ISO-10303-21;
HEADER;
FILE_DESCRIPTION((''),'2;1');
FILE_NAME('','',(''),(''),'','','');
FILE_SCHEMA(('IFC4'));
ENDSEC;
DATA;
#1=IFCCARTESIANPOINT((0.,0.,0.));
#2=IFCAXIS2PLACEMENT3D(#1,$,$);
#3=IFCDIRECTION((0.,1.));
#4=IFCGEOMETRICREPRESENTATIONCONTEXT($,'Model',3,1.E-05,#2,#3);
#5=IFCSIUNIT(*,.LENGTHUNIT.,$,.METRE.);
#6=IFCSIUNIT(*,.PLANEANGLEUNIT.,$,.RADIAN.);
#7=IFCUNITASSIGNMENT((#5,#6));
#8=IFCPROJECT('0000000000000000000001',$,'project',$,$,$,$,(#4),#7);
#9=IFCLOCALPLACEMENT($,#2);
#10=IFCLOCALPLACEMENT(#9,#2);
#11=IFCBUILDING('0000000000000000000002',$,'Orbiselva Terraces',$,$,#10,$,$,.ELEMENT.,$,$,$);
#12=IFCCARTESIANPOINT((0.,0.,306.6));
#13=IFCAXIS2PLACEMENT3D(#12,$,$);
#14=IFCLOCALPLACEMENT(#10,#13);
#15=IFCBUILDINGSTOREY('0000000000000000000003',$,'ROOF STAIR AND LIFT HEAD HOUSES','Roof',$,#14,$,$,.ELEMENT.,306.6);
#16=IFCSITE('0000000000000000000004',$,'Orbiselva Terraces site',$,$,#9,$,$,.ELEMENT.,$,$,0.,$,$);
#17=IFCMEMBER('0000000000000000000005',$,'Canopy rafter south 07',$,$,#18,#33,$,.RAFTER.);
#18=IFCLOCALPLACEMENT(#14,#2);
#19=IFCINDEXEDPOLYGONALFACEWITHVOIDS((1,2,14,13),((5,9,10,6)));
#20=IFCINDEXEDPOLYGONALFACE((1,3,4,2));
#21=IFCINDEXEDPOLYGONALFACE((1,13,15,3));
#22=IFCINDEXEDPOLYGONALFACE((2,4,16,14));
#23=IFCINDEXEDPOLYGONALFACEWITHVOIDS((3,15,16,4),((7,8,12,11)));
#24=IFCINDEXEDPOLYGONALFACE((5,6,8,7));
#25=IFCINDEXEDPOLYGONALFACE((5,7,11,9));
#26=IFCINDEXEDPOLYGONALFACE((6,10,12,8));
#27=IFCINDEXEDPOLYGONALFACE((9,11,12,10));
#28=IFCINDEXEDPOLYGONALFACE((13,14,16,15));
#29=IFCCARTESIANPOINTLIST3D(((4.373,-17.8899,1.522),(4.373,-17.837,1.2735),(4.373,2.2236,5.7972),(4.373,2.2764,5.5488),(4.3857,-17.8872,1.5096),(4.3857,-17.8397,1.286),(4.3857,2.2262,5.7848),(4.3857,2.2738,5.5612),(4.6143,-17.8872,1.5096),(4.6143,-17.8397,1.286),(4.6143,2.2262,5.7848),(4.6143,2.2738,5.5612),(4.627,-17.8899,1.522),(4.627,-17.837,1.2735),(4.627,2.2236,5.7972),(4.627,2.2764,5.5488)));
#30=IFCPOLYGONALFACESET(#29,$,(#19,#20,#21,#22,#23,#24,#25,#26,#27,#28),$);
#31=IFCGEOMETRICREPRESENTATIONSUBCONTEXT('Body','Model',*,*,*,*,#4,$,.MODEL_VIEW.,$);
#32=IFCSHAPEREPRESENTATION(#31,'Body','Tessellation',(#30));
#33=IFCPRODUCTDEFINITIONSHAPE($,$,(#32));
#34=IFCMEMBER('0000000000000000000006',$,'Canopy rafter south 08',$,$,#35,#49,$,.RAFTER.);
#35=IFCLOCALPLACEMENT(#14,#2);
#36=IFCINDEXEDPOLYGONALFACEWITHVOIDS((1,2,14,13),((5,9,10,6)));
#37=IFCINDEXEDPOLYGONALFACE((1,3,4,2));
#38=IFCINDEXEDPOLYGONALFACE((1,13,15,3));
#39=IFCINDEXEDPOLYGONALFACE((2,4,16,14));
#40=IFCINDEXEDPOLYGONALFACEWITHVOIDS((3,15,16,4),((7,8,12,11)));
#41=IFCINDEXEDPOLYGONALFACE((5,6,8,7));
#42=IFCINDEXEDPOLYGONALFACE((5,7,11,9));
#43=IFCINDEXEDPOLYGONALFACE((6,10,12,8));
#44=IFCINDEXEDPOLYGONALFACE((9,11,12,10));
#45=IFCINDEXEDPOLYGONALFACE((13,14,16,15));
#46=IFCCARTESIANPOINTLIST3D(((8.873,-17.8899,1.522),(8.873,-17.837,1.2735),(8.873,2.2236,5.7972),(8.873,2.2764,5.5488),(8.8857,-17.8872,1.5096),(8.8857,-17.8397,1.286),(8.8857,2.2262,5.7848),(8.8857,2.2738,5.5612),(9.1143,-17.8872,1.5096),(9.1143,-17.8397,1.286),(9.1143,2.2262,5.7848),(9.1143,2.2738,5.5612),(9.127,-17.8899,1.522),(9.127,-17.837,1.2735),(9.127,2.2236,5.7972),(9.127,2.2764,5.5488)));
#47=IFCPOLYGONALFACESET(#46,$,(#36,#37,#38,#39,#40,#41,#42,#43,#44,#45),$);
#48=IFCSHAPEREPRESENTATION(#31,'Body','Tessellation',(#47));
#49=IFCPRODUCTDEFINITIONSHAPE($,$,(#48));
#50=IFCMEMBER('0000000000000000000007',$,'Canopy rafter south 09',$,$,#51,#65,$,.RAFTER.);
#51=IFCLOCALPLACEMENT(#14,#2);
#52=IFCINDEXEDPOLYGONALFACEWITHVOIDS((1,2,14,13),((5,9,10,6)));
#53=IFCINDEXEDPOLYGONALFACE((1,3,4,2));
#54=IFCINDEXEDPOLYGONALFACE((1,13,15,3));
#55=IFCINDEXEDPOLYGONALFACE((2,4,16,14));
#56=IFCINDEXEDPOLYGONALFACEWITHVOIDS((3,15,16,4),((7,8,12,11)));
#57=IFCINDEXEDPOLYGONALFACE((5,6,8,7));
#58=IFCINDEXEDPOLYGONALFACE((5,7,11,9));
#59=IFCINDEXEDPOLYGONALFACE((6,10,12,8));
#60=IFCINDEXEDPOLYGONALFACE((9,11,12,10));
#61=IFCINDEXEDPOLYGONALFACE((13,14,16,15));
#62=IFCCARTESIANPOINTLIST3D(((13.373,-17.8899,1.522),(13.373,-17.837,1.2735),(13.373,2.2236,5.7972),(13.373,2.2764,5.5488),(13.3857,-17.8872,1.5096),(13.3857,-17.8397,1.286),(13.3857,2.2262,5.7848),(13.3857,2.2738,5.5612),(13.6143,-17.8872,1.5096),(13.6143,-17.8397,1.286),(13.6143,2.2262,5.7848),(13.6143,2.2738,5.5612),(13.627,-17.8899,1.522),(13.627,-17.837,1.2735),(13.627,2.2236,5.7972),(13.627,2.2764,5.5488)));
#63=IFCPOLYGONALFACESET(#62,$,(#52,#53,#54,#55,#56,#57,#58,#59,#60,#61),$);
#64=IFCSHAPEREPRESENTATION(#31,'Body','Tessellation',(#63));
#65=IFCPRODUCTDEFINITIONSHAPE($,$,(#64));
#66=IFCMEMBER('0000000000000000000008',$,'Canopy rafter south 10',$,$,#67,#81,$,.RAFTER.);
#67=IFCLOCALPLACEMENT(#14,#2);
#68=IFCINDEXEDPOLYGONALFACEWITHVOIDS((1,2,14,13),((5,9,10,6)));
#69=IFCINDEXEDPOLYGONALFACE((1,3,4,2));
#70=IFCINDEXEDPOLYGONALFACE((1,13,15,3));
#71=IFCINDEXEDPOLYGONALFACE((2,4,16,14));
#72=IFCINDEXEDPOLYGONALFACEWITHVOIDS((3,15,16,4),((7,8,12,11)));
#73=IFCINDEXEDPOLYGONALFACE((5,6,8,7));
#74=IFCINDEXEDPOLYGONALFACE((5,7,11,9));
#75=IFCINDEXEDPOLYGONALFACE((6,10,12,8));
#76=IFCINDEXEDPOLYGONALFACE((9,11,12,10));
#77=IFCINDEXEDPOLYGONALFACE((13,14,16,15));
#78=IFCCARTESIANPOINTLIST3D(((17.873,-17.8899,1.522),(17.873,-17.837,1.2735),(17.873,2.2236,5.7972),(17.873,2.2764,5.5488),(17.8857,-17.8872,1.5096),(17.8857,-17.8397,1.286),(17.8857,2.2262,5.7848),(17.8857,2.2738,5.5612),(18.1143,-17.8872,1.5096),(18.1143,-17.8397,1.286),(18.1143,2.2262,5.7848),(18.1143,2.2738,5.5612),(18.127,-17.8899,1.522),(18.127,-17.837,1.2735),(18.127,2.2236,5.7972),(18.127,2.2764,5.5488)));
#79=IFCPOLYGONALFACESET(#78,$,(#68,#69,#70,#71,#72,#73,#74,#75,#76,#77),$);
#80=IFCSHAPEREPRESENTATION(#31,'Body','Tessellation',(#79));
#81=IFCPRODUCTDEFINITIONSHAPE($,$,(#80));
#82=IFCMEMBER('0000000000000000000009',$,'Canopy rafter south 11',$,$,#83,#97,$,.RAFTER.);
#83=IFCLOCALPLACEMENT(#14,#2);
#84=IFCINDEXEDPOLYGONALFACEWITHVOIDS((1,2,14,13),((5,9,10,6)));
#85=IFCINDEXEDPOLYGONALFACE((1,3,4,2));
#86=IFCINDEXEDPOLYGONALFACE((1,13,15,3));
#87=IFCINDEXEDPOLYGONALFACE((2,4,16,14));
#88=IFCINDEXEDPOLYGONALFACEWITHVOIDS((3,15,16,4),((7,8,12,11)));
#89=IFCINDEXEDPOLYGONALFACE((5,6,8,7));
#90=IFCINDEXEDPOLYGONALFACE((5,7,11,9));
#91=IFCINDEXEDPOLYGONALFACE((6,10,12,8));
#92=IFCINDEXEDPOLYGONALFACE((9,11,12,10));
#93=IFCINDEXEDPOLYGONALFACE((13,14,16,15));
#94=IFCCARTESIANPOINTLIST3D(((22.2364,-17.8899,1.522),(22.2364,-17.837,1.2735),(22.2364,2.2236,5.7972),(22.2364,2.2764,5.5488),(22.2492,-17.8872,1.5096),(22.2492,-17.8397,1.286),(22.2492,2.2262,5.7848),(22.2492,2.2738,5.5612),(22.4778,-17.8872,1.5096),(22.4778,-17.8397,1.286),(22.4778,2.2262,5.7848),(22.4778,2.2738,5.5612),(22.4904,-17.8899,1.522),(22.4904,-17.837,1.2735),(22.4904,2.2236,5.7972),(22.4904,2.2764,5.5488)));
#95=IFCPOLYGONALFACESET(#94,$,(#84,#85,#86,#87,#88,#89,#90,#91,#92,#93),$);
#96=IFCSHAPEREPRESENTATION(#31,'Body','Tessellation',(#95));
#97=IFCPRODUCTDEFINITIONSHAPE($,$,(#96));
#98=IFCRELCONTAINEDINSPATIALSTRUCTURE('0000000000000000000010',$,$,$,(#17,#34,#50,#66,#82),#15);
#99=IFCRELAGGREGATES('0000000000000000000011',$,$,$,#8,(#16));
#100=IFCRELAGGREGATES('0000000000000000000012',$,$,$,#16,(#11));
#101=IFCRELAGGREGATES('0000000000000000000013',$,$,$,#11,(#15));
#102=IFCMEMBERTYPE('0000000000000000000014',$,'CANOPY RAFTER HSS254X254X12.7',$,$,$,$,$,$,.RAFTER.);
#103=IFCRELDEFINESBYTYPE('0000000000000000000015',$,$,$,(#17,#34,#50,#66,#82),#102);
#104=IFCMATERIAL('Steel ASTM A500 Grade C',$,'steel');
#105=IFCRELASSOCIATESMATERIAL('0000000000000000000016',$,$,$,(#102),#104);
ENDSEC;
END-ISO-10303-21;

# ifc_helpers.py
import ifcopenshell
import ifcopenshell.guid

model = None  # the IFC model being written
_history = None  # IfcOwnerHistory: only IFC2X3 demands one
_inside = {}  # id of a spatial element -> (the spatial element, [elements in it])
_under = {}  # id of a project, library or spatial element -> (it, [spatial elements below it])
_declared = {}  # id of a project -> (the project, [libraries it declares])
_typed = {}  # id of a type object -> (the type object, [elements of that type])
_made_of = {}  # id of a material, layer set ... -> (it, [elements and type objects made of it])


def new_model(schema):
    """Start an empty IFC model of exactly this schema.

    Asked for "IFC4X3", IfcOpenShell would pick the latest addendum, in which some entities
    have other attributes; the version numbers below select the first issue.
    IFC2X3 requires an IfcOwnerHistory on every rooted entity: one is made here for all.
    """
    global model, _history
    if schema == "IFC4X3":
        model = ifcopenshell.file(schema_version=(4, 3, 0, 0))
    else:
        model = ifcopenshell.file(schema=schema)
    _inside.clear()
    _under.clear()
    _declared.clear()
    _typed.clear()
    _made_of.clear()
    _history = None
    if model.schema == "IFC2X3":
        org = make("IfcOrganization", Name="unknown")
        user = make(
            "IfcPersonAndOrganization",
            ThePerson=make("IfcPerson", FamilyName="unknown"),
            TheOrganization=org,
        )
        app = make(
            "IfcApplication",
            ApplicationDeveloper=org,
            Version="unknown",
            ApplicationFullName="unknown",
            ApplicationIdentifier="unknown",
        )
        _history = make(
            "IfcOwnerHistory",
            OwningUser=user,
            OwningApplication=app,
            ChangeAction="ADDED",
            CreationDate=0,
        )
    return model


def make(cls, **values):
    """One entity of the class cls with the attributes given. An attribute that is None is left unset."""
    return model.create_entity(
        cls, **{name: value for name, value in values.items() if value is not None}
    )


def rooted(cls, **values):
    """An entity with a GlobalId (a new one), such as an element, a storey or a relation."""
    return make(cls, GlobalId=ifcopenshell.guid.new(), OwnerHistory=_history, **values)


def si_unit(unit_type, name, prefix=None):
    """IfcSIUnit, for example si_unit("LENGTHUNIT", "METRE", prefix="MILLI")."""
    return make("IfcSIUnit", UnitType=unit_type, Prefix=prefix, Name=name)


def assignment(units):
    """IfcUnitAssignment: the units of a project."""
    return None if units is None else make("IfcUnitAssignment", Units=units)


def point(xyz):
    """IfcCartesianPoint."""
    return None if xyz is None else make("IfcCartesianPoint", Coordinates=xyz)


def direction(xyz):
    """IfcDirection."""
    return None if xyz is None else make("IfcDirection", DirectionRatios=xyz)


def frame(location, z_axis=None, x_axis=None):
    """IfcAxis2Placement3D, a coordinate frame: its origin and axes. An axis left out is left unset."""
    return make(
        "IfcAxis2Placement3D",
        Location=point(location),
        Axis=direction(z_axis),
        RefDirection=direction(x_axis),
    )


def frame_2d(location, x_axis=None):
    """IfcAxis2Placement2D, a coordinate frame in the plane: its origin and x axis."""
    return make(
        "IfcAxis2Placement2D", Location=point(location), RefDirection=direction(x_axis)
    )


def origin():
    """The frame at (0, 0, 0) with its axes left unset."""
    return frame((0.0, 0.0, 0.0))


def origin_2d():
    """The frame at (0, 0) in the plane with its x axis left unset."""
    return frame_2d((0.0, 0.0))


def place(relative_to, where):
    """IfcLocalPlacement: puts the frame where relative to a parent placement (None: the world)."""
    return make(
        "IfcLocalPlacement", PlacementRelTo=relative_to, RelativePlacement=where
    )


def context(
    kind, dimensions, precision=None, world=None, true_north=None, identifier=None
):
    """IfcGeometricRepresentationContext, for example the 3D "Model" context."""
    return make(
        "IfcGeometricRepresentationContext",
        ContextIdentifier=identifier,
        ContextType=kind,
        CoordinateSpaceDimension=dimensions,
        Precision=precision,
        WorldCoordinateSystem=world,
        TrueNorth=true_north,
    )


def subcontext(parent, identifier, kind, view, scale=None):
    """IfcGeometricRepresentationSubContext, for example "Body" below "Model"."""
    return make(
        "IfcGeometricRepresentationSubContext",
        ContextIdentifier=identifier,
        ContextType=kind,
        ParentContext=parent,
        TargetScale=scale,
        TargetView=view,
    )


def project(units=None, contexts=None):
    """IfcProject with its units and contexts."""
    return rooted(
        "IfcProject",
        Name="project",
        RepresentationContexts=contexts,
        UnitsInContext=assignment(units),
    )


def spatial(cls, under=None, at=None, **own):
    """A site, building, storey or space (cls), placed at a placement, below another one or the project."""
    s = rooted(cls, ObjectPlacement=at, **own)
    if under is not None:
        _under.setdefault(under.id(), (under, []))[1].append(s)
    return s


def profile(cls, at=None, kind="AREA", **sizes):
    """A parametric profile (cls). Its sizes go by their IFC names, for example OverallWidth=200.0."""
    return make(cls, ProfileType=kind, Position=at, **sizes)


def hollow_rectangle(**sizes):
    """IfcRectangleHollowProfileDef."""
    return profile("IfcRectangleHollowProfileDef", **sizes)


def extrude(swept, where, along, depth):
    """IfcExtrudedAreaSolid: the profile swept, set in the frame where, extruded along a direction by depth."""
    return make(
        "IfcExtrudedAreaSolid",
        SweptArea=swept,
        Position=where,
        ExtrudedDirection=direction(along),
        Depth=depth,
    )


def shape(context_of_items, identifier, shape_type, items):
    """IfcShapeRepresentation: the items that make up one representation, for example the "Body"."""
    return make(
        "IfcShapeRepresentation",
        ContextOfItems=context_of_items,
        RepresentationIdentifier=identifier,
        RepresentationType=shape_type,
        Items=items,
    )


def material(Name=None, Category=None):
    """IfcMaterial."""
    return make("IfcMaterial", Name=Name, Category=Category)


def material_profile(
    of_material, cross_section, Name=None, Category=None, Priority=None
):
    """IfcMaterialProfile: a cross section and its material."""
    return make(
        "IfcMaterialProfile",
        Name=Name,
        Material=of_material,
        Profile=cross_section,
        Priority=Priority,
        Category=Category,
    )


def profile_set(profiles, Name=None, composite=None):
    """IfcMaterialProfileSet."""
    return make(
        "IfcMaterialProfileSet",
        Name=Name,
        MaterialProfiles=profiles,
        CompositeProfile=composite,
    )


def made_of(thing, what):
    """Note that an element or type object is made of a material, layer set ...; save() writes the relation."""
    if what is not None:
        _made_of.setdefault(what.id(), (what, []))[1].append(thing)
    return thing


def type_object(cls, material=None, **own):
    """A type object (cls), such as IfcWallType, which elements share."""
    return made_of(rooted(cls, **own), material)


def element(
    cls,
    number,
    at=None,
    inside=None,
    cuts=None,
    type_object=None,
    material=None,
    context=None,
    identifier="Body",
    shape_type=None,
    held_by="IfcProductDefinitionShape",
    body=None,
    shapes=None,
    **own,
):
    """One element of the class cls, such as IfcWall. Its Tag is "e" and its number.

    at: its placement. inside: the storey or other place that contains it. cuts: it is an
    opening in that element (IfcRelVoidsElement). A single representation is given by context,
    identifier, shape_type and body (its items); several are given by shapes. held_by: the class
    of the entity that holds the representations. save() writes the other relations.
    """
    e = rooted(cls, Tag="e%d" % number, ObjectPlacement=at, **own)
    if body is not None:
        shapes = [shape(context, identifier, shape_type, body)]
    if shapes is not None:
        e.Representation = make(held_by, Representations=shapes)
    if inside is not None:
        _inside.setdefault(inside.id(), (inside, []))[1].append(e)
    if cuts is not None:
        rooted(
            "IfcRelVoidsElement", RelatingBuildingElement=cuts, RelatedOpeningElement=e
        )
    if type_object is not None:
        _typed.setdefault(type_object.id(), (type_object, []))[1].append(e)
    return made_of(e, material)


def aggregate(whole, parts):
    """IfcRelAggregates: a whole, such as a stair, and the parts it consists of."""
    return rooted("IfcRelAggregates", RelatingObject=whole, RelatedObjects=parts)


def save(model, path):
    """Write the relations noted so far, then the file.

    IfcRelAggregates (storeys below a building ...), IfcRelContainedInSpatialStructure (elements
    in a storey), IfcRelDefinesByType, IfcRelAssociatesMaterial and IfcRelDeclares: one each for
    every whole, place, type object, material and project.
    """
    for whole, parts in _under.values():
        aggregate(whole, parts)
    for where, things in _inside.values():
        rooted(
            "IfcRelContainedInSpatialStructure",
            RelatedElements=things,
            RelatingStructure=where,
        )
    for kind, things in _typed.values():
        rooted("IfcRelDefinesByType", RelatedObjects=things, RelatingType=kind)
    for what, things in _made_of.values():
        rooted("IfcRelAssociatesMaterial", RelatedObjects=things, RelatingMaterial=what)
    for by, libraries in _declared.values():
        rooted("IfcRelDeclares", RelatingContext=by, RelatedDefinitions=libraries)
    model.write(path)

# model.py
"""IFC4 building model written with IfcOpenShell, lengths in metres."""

from ifc_helpers import new_model, si_unit, direction, frame, origin, origin_2d, place, context, subcontext, project, spatial, hollow_rectangle, extrude, material, material_profile, profile_set, type_object, element, save


model = new_model("IFC4")

# Units and contexts
model_context = context("Model", 3, precision=1e-05, world=origin(), true_north=direction((0.0, 1.0)))
body_context = subcontext(model_context, "Body", "Model", "MODEL_VIEW")
ifc_project = project(units=[si_unit("LENGTHUNIT", "METRE"), si_unit("PLANEANGLEUNIT", "RADIAN")], contexts=[model_context])

# Site, building, storey
site_placement = place(None, origin())
site = spatial("IfcSite", under=ifc_project, at=site_placement, Name="Orbiselva Terraces site", CompositionType="ELEMENT", RefElevation=0.0)
building_placement = place(site_placement, origin())
building = spatial("IfcBuilding", under=site, at=building_placement, Name="Orbiselva Terraces", CompositionType="ELEMENT")
storey_placement = place(building_placement, frame((0.0, 0.0, 306.6)))
storey = spatial("IfcBuildingStorey", under=building, at=storey_placement, Name="ROOF STAIR AND LIFT HEAD HOUSES", Description="Roof", CompositionType="ELEMENT", Elevation=306.6)

# Shared definitions
ifc_material = material(Name="Steel ASTM A500 Grade C", Category="steel")

# Members
ifc_material_profile_1 = material_profile(ifc_material, hollow_rectangle(XDim=0.254, YDim=0.254, WallThickness=0.0127, at=origin_2d()), Name="HSS254X254X12.7")
ifc_profile_set_1 = profile_set([ifc_material_profile_1], Name="Steel ASTM A500 Grade C")
member_type_1 = type_object("IfcMemberType", Name="CANOPY RAFTER HSS254X254X12.7", PredefinedType="RAFTER", material=ifc_profile_set_1)
for number, where, z_axis, x_axis, name in (
    (1, (4.5, -17.8635, 1.3978), (0.0, 0.978148, 0.207912), (-1.0, 0.0, 0.0), "Canopy rafter south 07"),
    (2, (9.0, -17.8635, 1.3978), (0.0, 0.978148, 0.207912), (-1.0, 0.0, 0.0), "Canopy rafter south 08"),
    (3, (13.5, -17.8635, 1.3978), (0.0, 0.978148, 0.207912), (-1.0, 0.0, 0.0), "Canopy rafter south 09"),
    (4, (18.0, -17.8635, 1.3978), (0.0, 0.978148, 0.207912), (-1.0, 0.0, 0.0), "Canopy rafter south 10"),
    (5, (22.3635, -17.8635, 1.3978), (0.0, 0.978148, 0.207912), (-1.0, 0.0, 0.0), "Canopy rafter south 11"),
):
    element("IfcMember", number, at=place(storey_placement, frame(where, z_axis=z_axis, x_axis=x_axis)), inside=storey, type_object=member_type_1, Name=name, PredefinedType="RAFTER", context=body_context, shape_type="SweptSolid", body=[
        extrude(hollow_rectangle(XDim=0.254, YDim=0.254, WallThickness=0.0127, at=origin_2d()), origin(), (0.0, 0.0, 1.0), 20.5628),
    ])

save(model, "model.ifc")
